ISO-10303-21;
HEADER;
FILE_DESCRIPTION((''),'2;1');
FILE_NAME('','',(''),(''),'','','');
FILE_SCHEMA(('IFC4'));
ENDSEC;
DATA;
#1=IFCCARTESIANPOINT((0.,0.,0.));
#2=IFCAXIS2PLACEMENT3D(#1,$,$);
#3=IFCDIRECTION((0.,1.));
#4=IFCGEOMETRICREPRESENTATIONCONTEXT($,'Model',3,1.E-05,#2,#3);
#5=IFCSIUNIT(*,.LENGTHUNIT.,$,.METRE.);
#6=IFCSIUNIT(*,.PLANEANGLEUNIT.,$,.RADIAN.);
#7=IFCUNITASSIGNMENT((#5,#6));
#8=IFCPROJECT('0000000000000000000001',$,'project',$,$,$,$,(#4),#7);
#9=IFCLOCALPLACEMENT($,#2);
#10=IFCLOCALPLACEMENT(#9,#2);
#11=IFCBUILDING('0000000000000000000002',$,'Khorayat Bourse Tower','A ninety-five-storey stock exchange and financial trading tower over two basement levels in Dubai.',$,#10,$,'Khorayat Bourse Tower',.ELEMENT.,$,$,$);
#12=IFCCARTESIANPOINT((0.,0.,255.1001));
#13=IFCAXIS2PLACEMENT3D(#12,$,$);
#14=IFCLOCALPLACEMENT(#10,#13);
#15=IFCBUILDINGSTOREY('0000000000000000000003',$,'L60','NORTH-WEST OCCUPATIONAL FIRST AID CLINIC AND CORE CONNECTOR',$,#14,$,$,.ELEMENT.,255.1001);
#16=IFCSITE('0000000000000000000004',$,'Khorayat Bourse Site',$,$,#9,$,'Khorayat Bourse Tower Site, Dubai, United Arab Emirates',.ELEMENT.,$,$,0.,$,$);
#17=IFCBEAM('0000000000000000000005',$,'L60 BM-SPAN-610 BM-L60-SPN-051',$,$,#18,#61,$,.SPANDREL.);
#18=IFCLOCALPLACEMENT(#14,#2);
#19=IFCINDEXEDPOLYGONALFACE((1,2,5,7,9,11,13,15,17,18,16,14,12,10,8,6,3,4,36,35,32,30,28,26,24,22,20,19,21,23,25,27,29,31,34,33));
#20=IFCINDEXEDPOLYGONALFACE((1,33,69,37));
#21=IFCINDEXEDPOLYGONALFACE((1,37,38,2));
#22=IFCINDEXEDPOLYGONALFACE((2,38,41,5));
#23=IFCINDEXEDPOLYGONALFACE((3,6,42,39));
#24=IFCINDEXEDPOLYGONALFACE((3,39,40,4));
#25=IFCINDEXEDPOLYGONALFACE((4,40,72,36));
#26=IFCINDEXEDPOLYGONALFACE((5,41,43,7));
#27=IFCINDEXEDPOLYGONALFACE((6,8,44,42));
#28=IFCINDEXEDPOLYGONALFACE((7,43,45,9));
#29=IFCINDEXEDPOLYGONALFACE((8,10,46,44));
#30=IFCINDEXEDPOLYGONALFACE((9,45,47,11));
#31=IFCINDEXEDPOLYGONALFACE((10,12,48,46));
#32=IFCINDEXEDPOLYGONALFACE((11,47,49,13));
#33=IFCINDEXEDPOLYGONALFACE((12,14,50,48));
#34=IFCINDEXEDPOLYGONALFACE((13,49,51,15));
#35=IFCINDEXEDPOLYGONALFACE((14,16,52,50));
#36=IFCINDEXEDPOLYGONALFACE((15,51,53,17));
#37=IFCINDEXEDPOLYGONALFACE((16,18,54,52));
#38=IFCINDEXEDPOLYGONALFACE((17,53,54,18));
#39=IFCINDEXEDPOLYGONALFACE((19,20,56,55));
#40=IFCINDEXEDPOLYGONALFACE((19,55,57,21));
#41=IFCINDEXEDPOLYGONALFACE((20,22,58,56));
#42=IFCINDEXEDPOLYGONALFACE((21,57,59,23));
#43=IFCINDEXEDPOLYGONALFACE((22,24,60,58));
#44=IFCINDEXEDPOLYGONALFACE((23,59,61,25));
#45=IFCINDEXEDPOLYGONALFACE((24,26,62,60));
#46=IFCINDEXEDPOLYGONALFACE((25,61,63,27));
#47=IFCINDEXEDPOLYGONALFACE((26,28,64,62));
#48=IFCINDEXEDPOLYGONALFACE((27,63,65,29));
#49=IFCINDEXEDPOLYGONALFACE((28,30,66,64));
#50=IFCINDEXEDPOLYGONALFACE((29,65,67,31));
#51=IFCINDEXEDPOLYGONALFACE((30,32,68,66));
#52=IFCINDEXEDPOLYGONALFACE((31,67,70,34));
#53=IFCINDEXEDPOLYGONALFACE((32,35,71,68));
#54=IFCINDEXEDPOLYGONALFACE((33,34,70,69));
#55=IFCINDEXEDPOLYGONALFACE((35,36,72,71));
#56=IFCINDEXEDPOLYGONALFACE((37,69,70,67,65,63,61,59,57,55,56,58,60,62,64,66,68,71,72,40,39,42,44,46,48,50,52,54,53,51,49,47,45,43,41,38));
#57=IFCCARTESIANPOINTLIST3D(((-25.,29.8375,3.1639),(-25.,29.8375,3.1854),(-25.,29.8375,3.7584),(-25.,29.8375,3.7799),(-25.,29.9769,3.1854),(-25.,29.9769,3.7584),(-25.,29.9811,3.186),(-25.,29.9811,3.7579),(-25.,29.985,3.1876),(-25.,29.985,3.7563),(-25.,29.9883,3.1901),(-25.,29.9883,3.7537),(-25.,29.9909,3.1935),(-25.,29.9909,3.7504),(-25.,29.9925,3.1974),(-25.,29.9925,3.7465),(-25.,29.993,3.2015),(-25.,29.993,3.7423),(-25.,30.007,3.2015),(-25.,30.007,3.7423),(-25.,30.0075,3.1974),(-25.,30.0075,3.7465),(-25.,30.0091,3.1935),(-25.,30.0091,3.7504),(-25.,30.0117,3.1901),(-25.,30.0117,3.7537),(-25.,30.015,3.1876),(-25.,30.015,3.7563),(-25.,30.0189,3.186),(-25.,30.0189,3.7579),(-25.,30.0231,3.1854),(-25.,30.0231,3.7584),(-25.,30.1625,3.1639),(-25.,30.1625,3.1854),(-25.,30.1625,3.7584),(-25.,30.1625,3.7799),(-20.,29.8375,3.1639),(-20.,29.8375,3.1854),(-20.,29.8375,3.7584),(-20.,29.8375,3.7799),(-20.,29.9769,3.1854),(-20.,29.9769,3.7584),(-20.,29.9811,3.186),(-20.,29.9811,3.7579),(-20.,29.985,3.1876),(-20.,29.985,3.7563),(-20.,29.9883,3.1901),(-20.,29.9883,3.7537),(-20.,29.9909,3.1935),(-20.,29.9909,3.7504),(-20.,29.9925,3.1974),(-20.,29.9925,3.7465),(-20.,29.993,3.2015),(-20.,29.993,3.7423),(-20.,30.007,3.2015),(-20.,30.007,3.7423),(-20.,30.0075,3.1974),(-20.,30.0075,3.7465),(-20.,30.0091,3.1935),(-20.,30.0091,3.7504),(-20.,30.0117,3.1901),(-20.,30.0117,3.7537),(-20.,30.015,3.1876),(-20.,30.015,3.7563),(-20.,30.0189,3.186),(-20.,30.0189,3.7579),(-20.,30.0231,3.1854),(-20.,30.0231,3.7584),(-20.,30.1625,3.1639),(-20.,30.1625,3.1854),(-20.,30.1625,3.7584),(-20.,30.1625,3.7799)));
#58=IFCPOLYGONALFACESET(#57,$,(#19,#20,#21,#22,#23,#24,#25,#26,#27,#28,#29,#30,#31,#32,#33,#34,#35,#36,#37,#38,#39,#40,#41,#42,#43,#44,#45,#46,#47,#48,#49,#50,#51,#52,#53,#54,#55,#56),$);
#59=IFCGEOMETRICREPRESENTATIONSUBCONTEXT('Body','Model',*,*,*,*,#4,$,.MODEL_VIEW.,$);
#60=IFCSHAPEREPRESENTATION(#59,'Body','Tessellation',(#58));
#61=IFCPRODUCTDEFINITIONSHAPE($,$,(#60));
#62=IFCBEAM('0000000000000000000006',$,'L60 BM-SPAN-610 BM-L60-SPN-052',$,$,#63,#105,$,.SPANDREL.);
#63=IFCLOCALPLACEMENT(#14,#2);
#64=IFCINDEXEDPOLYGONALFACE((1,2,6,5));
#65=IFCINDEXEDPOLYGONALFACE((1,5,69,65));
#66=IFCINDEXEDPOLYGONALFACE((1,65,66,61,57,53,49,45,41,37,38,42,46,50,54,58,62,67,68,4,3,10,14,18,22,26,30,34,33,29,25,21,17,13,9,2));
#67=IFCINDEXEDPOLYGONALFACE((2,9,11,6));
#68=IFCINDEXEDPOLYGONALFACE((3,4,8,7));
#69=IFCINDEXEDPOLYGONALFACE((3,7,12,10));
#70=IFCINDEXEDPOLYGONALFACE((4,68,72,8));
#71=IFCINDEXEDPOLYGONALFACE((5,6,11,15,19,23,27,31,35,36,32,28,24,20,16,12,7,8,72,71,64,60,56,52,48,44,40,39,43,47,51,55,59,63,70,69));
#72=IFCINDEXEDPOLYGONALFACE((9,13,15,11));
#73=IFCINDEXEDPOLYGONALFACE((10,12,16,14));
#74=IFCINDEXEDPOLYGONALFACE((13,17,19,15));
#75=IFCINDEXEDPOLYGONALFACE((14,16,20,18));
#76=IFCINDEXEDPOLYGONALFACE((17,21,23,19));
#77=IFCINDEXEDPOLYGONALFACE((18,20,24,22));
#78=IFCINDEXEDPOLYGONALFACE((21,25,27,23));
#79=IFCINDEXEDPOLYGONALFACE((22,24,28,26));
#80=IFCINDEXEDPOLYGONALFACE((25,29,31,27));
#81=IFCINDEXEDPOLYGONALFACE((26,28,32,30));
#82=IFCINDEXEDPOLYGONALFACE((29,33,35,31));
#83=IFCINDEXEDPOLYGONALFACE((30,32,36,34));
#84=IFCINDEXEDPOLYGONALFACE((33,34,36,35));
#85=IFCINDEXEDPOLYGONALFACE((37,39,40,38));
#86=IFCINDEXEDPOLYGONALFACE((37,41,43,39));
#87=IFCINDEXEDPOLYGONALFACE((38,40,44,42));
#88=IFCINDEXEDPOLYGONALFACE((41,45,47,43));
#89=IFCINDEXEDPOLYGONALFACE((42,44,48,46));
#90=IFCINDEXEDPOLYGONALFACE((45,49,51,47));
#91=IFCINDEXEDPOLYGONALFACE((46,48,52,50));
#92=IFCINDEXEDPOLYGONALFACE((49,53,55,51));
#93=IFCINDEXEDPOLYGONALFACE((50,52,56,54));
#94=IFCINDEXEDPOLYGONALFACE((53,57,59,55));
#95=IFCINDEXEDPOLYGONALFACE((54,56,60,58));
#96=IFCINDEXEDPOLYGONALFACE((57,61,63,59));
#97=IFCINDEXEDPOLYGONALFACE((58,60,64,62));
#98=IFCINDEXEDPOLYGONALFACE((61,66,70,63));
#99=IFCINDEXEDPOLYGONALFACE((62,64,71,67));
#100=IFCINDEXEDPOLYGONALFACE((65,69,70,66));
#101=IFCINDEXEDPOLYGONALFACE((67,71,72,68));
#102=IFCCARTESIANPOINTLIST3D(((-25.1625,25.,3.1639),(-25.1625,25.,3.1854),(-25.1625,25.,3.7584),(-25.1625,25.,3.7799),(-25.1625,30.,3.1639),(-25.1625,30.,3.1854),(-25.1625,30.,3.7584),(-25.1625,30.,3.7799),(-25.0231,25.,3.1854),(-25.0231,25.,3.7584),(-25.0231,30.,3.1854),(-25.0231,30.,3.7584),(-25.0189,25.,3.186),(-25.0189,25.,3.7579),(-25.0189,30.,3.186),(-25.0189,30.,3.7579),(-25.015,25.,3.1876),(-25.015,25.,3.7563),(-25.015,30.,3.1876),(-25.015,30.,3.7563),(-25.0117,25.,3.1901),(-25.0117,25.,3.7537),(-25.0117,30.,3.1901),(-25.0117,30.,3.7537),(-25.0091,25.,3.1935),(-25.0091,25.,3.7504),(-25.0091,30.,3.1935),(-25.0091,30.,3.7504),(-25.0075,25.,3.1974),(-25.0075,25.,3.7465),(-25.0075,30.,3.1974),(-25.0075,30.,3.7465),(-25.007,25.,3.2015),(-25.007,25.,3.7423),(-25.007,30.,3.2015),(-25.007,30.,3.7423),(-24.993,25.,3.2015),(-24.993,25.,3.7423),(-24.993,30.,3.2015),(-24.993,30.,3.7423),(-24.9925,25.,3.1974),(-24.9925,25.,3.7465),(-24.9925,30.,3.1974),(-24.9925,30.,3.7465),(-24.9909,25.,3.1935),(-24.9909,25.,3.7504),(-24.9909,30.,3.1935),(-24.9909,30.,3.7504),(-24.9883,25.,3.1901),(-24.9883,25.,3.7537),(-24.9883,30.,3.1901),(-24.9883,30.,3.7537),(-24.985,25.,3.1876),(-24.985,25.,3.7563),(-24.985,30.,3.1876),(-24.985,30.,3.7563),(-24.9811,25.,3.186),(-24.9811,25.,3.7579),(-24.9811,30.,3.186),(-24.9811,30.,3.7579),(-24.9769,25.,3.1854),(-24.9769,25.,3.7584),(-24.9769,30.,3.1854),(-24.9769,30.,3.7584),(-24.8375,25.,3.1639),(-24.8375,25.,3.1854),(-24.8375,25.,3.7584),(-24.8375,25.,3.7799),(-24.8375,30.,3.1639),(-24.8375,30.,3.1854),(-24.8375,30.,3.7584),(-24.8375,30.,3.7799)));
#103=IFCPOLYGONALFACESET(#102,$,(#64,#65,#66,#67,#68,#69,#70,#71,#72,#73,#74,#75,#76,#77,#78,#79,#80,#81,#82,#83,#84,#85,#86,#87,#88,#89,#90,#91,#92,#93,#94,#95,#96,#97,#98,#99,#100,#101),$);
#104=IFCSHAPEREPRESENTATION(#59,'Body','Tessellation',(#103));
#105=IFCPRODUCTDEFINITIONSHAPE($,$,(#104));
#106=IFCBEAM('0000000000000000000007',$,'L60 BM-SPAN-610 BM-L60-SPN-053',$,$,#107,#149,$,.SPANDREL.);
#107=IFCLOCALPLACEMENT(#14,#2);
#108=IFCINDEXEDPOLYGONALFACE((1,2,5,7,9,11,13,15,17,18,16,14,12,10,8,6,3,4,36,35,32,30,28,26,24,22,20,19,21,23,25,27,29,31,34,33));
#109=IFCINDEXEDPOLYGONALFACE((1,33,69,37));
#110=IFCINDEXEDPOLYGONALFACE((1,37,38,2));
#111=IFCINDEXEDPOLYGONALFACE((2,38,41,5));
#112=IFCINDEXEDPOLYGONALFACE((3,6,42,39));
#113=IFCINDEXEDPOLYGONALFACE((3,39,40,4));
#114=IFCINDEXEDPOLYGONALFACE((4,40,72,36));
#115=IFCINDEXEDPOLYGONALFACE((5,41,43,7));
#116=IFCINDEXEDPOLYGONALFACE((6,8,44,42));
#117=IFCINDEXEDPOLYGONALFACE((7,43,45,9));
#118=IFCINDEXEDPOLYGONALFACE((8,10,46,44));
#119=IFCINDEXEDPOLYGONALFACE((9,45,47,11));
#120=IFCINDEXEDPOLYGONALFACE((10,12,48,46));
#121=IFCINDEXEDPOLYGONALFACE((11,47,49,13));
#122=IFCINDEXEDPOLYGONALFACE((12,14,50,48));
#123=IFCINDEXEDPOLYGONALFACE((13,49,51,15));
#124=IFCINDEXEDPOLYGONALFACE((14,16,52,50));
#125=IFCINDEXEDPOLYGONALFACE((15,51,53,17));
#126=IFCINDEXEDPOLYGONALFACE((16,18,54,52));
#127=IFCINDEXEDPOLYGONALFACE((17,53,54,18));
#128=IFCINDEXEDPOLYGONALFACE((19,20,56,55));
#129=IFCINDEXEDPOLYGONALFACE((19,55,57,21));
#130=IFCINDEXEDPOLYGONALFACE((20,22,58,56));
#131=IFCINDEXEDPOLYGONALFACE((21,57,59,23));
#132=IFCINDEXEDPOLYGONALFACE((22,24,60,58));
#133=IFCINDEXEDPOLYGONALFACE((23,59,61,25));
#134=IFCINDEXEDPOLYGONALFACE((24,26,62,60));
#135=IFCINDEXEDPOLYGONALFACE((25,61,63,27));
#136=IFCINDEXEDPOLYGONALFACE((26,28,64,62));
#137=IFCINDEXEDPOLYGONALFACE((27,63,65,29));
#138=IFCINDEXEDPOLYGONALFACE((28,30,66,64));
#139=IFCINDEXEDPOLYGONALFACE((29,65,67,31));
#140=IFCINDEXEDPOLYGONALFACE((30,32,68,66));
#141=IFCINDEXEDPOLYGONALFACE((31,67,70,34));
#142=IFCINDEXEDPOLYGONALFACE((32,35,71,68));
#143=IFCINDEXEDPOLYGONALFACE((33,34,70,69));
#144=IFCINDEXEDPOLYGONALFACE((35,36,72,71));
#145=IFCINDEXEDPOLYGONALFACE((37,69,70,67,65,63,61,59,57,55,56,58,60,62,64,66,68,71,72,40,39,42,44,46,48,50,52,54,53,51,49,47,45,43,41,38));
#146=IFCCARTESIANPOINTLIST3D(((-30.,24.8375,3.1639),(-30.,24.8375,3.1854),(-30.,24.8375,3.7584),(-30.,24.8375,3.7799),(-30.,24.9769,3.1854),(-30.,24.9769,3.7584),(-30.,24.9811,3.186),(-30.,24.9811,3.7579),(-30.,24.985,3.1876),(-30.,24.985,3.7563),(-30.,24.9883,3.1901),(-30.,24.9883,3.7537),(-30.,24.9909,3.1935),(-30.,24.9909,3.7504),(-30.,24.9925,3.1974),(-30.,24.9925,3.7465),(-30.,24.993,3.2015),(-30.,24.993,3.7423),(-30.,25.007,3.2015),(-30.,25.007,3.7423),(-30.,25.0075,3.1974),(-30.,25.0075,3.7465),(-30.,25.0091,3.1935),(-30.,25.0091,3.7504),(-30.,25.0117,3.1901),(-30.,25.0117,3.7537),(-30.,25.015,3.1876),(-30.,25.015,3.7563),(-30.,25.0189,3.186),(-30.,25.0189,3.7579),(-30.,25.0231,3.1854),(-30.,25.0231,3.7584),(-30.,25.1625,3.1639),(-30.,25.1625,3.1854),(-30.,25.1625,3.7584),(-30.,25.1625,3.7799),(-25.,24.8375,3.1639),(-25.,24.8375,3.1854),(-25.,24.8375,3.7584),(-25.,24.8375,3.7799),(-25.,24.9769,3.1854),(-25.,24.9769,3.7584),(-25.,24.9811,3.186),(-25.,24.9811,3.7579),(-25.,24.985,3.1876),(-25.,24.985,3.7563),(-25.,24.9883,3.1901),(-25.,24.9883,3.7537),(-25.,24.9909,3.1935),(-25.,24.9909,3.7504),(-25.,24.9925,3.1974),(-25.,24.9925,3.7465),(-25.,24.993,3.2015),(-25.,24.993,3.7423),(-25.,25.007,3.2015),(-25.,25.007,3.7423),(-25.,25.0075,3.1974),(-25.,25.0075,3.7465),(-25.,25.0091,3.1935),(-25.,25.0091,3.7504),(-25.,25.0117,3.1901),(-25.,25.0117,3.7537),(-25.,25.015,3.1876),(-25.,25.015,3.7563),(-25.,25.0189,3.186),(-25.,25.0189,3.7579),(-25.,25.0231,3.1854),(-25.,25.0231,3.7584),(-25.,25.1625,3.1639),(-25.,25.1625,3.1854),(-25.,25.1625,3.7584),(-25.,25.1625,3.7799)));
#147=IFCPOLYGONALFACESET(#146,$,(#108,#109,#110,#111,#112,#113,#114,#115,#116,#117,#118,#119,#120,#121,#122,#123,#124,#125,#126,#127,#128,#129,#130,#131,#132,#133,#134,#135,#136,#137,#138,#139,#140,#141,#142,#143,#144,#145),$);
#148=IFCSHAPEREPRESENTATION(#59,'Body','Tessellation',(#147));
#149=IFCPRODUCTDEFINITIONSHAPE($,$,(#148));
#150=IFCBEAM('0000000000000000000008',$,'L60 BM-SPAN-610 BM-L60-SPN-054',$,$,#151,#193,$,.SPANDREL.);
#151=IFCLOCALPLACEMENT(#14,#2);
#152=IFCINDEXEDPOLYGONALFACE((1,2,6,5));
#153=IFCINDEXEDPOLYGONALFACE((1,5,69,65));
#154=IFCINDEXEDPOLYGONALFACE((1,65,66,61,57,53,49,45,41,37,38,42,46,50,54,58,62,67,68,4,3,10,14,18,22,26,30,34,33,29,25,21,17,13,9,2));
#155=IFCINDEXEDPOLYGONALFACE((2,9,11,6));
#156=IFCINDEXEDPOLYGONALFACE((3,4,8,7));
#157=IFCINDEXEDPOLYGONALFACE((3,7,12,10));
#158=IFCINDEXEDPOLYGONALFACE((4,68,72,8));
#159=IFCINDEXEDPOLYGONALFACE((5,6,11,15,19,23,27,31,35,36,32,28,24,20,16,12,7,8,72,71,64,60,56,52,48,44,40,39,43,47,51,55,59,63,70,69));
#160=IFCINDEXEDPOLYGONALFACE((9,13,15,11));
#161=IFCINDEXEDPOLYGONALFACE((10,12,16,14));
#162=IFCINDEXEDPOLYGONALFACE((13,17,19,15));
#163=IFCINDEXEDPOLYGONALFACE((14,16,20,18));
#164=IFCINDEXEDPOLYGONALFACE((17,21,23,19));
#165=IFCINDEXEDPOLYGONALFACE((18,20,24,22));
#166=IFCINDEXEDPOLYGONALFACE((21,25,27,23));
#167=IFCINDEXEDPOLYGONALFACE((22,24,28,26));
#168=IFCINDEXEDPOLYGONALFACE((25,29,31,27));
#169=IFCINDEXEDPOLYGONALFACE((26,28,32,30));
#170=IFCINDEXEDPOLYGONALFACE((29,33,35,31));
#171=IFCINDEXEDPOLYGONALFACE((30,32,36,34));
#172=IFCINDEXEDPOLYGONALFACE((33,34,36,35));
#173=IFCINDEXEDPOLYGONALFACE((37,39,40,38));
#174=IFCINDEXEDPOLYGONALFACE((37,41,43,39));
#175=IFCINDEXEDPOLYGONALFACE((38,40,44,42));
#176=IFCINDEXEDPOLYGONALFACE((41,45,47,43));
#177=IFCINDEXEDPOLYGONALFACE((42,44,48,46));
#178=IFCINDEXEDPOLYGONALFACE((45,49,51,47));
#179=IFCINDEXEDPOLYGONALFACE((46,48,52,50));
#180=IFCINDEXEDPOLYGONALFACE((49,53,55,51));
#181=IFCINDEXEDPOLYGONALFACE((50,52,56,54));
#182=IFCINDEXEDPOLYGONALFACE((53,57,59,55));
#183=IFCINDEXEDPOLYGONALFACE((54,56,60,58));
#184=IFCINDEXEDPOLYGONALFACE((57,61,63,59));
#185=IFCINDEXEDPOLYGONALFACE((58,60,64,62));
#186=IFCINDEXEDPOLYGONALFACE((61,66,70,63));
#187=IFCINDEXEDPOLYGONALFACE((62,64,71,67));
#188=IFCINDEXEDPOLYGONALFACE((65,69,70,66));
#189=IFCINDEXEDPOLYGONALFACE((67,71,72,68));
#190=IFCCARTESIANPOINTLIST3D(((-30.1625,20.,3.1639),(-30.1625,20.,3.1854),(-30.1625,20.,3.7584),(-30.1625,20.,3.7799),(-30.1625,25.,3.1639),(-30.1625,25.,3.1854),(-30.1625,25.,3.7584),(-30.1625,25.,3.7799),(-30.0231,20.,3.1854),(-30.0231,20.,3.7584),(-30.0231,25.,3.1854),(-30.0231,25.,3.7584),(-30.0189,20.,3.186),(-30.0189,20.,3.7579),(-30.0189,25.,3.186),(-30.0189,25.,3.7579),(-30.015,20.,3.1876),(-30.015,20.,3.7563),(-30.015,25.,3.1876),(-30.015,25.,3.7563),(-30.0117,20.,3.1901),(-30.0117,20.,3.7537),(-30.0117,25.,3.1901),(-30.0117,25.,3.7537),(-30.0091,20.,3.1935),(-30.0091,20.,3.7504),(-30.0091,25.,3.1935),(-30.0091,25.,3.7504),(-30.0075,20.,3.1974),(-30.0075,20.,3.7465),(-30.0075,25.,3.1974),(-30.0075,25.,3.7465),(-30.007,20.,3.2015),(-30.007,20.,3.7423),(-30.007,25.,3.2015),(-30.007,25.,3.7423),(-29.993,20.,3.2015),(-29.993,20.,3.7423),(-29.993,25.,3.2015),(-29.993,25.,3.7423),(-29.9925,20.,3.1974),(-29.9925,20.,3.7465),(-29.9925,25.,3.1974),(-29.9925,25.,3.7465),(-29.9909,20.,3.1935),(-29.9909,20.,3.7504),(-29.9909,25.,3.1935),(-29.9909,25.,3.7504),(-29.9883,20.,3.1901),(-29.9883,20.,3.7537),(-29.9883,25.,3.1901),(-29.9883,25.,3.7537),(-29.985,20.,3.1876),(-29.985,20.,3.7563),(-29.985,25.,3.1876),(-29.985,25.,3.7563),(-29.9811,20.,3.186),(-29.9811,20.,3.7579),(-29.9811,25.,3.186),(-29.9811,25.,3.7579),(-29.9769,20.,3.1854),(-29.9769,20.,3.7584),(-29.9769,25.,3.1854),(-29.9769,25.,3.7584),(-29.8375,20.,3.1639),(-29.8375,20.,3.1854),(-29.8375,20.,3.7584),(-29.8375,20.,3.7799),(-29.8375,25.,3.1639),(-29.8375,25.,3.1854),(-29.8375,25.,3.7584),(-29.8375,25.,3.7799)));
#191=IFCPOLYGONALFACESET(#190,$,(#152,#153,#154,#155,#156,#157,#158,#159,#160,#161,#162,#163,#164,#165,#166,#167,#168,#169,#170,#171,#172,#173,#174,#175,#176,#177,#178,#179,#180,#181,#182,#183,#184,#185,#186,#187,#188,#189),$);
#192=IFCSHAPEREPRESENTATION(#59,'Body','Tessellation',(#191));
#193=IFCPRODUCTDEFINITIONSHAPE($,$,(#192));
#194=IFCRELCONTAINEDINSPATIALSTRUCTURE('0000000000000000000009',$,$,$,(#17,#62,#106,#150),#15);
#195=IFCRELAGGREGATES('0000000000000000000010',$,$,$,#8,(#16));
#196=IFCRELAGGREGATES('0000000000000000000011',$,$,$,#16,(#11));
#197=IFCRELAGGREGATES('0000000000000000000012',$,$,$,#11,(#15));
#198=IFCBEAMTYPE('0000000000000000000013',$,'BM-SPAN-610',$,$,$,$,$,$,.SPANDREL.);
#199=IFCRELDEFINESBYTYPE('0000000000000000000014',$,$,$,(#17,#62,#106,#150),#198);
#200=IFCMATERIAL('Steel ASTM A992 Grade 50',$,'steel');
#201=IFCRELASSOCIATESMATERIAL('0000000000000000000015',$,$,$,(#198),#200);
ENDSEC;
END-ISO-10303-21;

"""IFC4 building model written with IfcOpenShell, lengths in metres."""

from ifc_helpers import new_model, si_unit, direction, frame, origin, origin_2d, place, context, subcontext, project, spatial, i_section, extrude, source, transform, mapped, material, material_profile, profile_set, type_object, element, save


model = new_model("IFC4")

# Units and contexts
model_context = context("Model", 3, precision=1e-05, world=origin(), true_north=direction((0.0, 1.0)))
body_context = subcontext(model_context, "Body", "Model", "MODEL_VIEW")
ifc_project = project(units=[si_unit("LENGTHUNIT", "METRE"), si_unit("PLANEANGLEUNIT", "RADIAN")], contexts=[model_context])

# Site, building, storey
site_placement = place(None, origin())
site = spatial("IfcSite", under=ifc_project, at=site_placement, Name="Khorayat Bourse Site", LongName="Khorayat Bourse Tower Site, Dubai, United Arab Emirates", CompositionType="ELEMENT", RefElevation=0.0)
building_placement = place(site_placement, origin())
building = spatial("IfcBuilding", under=site, at=building_placement, Name="Khorayat Bourse Tower", Description="A ninety-five-storey stock exchange and financial trading tower over two basement levels in Dubai.", LongName="Khorayat Bourse Tower", CompositionType="ELEMENT")
storey_placement = place(building_placement, frame((0.0, 0.0, 255.1001)))
storey = spatial("IfcBuildingStorey", under=building, at=storey_placement, Name="L60", Description="NORTH-WEST OCCUPATIONAL FIRST AID CLINIC AND CORE CONNECTOR", CompositionType="ELEMENT", Elevation=255.1001)

# Beams
ifc_material_1 = material(Name="Steel ASTM A992 Grade 50", Category="steel")
ifc_material_profile_1 = material_profile(ifc_material_1, i_section(OverallWidth=0.325, OverallDepth=0.616, WebThickness=0.0139, FlangeThickness=0.0215, FilletRadius=0.0161, at=origin_2d()), Name="W610X174")
ifc_profile_set_1 = profile_set([ifc_material_profile_1], Name="Steel ASTM A992 Grade 50")
beam_type_1 = type_object("IfcBeamType", Name="BM-SPAN-610", PredefinedType="SPANDREL", material=ifc_profile_set_1)
shared_shape_1 = source(origin(), body_context, "Body", "SweptSolid", [
    extrude(i_section(OverallWidth=0.325, OverallDepth=0.616, WebThickness=0.0139, FlangeThickness=0.0215, FilletRadius=0.0161, at=origin_2d()), origin(), (0.0, 0.0, 1.0), 5.0),
])
for number, where, z_axis, x_axis, name in (
    (1, (-25.0, 30.0, 3.4719), (1.0, 0.0, 0.0), (0.0, 1.0, 0.0), "L60 BM-SPAN-610 BM-L60-SPN-051"),
    (2, (-25.0, 25.0, 3.4719), (0.0, 1.0, 0.0), (-1.0, 0.0, 0.0), "L60 BM-SPAN-610 BM-L60-SPN-052"),
    (3, (-30.0, 25.0, 3.4719), (1.0, 0.0, 0.0), (0.0, 1.0, 0.0), "L60 BM-SPAN-610 BM-L60-SPN-053"),
    (4, (-30.0, 20.0, 3.4719), (0.0, 1.0, 0.0), (-1.0, 0.0, 0.0), "L60 BM-SPAN-610 BM-L60-SPN-054"),
):
    element("IfcBeam", number, at=place(storey_placement, frame(where, z_axis=z_axis, x_axis=x_axis)), inside=storey, type_object=beam_type_1, Name=name, PredefinedType="SPANDREL", context=body_context, shape_type="MappedRepresentation", body=[
        mapped(shared_shape_1, transform((0.0, 0.0, 0.0), scale=1.0)),
    ])

save(model, "model.ifc")
